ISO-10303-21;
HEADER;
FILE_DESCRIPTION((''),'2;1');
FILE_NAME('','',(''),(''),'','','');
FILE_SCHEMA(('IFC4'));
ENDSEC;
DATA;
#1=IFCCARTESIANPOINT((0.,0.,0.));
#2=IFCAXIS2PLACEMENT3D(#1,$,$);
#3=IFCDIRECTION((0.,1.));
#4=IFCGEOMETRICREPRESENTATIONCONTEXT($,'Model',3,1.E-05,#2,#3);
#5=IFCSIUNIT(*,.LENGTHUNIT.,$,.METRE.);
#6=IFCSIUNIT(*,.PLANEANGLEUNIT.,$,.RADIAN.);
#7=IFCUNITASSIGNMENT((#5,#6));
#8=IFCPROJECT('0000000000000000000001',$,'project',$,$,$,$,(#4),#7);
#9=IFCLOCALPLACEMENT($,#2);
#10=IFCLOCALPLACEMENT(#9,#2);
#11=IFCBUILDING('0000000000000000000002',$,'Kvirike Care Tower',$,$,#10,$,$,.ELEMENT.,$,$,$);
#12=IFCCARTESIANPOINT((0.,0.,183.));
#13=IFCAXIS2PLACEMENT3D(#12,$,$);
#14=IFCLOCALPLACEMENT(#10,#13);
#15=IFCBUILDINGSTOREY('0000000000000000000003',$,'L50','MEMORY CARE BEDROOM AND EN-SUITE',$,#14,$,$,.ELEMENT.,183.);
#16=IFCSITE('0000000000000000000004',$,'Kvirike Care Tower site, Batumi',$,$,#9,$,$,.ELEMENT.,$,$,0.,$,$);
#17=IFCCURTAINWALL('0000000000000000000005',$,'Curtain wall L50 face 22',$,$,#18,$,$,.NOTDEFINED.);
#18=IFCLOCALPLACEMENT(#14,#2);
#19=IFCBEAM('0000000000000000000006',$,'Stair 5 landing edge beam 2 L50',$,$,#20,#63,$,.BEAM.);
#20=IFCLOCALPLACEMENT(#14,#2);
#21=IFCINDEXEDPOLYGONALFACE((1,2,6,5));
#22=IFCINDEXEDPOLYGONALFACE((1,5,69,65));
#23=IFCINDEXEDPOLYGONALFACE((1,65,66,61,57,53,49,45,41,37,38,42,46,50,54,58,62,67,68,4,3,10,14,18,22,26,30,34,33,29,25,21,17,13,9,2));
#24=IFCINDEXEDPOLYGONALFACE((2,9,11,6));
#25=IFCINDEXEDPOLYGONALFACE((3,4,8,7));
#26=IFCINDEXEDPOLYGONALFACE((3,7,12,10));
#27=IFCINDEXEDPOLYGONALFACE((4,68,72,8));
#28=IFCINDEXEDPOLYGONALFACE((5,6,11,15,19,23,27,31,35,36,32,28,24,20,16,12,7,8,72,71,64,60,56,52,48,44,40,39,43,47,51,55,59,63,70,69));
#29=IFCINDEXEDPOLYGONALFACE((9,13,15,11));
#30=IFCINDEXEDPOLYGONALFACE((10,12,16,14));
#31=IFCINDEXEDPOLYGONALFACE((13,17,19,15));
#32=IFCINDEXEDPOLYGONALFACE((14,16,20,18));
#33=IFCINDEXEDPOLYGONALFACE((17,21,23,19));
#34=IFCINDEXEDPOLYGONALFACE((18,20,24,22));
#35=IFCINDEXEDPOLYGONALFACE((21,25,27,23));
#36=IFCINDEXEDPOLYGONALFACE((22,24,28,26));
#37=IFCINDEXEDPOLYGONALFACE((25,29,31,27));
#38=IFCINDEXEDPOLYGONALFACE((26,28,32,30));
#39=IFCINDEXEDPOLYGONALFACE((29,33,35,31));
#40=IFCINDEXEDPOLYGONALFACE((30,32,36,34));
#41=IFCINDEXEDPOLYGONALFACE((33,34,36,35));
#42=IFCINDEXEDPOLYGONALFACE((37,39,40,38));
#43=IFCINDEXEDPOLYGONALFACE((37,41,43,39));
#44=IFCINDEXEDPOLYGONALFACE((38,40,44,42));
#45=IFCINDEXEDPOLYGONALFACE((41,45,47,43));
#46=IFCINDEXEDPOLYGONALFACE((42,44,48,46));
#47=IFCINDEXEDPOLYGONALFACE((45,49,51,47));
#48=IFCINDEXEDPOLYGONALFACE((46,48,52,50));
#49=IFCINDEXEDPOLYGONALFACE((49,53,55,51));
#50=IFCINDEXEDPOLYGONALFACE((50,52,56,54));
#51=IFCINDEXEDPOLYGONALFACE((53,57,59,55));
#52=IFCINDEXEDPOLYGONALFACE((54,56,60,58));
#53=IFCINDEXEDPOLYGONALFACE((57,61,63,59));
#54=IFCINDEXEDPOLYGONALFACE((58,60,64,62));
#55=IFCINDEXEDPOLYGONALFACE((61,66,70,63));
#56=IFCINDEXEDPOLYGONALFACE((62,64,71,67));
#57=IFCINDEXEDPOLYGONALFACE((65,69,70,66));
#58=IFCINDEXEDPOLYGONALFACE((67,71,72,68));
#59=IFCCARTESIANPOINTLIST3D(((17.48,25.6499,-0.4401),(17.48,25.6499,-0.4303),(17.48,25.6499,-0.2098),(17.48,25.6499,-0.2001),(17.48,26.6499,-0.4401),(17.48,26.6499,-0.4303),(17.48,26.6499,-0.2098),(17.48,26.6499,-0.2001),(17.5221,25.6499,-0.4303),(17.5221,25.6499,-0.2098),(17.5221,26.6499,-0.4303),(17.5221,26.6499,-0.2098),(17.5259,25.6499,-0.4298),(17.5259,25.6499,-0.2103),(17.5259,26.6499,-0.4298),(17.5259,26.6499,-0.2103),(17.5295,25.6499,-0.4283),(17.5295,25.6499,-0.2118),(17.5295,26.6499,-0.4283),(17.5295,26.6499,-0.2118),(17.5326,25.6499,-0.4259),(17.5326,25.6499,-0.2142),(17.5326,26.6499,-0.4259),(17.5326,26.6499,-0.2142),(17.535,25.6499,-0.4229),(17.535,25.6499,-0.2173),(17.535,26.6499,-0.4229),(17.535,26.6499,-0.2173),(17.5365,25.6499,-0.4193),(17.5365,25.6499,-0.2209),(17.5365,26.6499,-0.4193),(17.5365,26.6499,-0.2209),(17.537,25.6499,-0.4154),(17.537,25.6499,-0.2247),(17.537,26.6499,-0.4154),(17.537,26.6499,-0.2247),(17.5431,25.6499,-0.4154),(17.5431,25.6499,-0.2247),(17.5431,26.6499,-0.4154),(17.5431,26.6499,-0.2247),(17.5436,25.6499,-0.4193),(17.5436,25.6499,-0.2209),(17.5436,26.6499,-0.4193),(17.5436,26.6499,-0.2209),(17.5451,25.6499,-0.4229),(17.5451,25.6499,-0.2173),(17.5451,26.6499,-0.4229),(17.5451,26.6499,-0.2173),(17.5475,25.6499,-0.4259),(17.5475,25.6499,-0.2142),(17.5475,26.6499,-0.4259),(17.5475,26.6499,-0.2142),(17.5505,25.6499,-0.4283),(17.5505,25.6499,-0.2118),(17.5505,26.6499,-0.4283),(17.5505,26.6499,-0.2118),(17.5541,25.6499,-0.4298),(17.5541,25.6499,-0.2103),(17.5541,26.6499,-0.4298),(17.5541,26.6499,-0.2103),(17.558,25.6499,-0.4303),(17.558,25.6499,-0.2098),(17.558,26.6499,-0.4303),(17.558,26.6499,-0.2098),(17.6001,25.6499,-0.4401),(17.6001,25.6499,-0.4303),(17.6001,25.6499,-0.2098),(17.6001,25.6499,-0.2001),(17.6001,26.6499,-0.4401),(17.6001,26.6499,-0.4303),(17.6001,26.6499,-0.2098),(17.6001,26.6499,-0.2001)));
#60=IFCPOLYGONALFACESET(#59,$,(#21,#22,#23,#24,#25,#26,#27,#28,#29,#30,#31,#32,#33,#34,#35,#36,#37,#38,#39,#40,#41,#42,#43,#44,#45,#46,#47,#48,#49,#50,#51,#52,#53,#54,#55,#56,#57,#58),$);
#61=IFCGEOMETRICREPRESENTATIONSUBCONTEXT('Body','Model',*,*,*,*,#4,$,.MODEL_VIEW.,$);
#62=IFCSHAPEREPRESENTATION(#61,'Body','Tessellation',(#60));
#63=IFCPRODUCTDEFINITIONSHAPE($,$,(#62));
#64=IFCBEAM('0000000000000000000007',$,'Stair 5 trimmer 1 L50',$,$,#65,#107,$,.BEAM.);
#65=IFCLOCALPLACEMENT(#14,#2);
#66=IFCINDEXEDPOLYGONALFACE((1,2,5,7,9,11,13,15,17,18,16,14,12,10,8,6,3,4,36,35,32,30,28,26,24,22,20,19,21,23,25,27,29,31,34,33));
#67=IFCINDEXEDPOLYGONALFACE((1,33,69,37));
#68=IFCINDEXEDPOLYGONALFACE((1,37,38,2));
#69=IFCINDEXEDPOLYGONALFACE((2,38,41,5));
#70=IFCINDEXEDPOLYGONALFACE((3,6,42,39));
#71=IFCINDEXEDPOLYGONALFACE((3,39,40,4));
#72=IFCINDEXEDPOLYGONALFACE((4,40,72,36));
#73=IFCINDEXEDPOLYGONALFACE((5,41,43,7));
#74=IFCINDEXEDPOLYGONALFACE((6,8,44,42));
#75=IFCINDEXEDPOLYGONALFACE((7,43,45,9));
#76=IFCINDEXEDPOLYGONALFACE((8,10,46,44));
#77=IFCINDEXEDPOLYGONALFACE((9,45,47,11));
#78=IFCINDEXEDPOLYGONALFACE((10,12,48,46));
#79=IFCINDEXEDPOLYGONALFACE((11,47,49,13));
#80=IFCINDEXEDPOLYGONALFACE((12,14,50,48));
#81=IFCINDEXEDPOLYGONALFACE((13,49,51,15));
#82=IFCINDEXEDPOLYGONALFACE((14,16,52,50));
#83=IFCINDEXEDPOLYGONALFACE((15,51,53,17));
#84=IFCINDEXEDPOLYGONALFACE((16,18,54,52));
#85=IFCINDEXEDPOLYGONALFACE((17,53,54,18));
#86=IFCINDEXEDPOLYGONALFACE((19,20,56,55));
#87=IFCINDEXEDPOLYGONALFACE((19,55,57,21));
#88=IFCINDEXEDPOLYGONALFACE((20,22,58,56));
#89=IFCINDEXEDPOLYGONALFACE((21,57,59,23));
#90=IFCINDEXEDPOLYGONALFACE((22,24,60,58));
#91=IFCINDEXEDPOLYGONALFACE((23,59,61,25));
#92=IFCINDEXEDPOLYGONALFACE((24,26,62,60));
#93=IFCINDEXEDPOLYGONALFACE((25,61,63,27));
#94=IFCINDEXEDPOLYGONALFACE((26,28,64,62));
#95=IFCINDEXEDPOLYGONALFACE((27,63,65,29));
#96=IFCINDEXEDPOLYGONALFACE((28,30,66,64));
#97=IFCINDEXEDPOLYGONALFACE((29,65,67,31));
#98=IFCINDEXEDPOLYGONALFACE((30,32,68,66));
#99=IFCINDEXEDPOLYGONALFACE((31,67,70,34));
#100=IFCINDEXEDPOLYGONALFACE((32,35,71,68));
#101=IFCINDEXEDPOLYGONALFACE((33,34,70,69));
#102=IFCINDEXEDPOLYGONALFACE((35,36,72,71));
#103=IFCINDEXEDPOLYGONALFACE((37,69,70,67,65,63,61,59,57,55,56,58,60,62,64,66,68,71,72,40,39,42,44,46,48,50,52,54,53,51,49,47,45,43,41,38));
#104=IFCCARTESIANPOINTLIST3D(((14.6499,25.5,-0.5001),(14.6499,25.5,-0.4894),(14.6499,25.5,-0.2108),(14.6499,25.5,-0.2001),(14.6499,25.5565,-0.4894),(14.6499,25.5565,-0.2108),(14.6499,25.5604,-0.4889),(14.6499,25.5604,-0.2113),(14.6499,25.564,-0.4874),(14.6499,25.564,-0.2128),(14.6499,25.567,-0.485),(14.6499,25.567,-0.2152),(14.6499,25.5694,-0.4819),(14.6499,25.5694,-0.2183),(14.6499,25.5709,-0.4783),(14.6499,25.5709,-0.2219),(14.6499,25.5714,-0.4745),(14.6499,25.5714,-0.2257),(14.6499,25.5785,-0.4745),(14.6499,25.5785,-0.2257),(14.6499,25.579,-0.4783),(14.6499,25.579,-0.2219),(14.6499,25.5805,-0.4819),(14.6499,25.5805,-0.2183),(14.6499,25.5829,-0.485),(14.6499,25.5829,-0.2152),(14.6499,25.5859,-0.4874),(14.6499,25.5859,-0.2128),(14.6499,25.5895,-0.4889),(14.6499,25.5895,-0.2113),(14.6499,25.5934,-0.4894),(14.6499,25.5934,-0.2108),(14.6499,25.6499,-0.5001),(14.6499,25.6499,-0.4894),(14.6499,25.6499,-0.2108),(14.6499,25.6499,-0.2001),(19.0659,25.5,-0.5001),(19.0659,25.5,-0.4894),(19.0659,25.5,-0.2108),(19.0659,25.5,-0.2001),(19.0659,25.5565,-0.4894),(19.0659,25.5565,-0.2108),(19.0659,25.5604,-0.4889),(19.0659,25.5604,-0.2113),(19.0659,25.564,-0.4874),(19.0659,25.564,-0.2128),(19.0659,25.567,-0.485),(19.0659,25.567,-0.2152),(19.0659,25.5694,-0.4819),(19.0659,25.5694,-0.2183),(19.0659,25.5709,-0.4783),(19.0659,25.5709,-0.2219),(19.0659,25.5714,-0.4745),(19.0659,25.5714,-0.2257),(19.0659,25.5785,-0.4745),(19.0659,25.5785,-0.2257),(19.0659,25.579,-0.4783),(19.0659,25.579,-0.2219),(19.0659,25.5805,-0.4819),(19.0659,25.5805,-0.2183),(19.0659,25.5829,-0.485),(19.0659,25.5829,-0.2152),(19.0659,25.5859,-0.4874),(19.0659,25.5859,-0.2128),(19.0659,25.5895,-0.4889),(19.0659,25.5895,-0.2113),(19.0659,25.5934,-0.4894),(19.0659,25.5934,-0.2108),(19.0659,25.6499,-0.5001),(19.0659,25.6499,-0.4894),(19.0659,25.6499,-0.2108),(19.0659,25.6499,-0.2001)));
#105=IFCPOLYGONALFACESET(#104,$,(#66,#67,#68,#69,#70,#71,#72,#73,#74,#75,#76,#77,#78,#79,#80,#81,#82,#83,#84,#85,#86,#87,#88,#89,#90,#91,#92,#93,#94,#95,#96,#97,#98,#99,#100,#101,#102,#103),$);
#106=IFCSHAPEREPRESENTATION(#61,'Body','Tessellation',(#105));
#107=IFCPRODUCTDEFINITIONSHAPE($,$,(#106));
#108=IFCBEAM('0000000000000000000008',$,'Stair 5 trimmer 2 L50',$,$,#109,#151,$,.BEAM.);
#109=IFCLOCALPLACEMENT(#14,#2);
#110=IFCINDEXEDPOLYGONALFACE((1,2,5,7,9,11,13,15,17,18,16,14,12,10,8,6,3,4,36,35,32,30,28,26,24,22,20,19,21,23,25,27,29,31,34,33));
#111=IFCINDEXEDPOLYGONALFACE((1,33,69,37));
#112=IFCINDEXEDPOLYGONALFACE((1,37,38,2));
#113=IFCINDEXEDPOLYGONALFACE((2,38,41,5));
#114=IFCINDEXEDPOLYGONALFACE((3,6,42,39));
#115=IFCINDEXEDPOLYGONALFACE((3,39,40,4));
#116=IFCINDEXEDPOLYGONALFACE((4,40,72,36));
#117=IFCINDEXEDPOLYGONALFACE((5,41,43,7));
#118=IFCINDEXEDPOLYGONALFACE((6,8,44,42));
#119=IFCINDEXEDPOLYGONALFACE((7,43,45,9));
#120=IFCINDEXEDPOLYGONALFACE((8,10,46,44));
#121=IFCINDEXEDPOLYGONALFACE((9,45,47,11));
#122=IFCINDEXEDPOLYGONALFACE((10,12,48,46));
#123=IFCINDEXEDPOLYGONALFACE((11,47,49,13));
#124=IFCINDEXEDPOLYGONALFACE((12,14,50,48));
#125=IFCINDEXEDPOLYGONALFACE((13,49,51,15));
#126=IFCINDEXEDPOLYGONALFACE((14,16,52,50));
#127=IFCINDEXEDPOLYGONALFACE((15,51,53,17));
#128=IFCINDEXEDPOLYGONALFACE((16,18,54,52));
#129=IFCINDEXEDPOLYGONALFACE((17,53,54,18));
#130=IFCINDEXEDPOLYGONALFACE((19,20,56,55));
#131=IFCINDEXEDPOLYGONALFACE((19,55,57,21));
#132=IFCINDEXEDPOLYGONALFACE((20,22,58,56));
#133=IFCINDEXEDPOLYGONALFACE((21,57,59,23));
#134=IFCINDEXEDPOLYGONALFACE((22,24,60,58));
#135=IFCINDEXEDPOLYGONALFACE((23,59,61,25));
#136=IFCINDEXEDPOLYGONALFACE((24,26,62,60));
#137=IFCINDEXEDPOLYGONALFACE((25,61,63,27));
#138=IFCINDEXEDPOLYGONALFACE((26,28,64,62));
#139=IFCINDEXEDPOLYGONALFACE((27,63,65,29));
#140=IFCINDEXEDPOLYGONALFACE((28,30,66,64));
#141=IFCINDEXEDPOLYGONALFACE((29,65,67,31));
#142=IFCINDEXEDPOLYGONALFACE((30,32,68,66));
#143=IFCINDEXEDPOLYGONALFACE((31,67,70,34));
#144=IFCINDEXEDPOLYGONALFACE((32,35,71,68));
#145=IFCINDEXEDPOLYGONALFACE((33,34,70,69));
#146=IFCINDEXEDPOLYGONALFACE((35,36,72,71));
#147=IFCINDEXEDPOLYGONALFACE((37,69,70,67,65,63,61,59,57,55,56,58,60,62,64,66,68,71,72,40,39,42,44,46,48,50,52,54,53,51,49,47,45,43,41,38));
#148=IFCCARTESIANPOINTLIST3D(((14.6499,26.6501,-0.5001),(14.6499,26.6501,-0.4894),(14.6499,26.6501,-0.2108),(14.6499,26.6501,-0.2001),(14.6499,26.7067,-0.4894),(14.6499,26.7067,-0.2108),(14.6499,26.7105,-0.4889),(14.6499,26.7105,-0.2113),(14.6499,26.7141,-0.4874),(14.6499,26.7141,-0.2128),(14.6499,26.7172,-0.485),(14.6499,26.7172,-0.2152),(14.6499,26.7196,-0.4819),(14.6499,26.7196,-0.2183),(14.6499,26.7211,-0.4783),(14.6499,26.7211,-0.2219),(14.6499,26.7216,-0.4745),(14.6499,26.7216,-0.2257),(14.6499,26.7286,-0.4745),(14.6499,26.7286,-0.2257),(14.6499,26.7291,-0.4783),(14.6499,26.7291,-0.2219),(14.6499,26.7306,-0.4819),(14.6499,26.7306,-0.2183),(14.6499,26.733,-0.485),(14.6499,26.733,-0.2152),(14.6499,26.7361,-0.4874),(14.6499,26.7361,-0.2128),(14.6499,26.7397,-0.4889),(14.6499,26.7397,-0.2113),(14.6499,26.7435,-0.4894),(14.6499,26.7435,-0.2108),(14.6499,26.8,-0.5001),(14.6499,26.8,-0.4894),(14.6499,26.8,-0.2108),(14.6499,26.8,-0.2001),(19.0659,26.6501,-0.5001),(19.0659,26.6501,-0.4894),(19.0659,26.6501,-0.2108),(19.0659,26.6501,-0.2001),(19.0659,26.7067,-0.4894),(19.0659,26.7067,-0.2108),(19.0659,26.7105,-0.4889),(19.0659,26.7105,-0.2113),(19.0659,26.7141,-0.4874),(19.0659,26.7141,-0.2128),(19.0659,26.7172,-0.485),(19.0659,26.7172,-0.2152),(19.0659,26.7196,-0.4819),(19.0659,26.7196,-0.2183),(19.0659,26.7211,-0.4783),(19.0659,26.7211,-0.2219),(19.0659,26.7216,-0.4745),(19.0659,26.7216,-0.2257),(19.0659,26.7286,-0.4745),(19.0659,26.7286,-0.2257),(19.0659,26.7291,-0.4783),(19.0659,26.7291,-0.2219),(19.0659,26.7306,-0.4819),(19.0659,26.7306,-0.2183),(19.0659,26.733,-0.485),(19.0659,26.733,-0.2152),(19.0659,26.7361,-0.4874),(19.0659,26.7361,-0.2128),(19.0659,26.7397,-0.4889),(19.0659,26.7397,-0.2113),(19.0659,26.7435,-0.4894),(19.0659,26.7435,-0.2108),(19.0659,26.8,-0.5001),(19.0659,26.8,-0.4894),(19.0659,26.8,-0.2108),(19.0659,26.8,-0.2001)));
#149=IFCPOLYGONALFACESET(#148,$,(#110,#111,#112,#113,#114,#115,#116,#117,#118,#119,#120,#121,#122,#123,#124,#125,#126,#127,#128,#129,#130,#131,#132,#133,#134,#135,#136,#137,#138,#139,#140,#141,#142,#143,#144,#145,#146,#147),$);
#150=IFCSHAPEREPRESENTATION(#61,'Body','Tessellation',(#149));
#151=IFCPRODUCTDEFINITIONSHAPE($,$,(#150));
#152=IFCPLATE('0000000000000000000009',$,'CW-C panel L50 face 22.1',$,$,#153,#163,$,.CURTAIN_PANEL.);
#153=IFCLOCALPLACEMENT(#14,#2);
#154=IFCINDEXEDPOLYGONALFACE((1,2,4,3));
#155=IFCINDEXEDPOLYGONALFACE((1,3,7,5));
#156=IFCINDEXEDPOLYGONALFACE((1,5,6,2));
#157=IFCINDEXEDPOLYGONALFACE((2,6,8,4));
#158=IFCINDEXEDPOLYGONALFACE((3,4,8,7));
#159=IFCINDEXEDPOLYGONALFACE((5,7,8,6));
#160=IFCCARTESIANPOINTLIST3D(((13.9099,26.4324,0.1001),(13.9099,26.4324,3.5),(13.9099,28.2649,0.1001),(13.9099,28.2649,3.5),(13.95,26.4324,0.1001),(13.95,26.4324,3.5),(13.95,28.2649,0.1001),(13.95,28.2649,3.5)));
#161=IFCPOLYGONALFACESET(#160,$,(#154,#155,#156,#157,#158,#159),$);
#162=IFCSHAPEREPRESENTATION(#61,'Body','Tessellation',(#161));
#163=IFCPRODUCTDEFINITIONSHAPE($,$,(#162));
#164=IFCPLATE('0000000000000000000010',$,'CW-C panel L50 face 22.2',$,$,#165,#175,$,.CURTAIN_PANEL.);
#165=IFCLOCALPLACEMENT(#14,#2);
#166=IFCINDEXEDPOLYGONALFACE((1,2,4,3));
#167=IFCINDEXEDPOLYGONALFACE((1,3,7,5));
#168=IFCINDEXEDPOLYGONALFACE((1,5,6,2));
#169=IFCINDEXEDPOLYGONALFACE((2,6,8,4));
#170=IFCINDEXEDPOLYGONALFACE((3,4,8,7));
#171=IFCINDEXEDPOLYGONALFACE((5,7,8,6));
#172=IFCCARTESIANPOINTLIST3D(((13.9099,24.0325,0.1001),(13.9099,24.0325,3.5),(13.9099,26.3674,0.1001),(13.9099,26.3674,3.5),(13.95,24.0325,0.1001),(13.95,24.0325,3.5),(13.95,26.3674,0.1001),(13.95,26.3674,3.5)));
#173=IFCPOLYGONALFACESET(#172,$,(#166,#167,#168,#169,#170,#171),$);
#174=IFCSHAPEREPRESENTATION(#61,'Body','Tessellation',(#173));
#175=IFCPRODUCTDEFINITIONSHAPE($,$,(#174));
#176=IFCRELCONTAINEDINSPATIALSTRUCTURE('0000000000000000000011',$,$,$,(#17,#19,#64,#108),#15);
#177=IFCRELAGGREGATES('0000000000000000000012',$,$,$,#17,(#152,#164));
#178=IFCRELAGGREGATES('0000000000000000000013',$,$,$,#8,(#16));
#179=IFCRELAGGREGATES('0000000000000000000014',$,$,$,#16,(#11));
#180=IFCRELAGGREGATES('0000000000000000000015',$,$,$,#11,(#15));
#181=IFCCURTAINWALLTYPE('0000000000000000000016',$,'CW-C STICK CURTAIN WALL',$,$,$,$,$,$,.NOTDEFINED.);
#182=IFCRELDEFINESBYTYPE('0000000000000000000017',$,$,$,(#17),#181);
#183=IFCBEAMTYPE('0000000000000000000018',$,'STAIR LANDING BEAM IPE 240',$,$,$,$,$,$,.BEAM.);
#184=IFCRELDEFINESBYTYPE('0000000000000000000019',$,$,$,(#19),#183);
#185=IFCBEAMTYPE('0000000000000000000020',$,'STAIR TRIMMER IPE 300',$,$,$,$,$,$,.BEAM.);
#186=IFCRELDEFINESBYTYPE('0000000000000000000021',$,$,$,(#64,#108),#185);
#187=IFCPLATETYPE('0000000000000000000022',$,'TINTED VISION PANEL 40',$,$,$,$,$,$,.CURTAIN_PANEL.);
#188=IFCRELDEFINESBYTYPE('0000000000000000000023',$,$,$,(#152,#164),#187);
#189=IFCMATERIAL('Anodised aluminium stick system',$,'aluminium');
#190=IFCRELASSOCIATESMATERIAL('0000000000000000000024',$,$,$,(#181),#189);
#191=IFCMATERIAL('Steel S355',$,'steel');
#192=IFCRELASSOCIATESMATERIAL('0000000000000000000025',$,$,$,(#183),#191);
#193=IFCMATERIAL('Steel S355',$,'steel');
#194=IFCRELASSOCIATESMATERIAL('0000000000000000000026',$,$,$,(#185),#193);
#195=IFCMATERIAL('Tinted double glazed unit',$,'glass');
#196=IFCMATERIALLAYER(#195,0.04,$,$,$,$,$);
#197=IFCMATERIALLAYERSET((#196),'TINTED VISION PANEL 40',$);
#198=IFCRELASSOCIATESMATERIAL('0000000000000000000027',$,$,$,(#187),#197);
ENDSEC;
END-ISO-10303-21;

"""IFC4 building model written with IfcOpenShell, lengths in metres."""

from ifc_helpers import new_model, si_unit, direction, frame, origin, origin_2d, place, context, subcontext, project, spatial, rectangle, i_section, extrude, material, layer, layer_set, material_profile, profile_set, type_object, element, aggregate, save


model = new_model("IFC4")

# Units and contexts
model_context = context("Model", 3, precision=1e-05, world=origin(), true_north=direction((0.0, 1.0)))
body_context = subcontext(model_context, "Body", "Model", "MODEL_VIEW")
ifc_project = project(units=[si_unit("LENGTHUNIT", "METRE"), si_unit("PLANEANGLEUNIT", "RADIAN")], contexts=[model_context])

# Site, building, storey
site_placement = place(None, origin())
site = spatial("IfcSite", under=ifc_project, at=site_placement, Name="Kvirike Care Tower site, Batumi", CompositionType="ELEMENT", RefElevation=0.0)
building_placement = place(site_placement, origin())
building = spatial("IfcBuilding", under=site, at=building_placement, Name="Kvirike Care Tower", CompositionType="ELEMENT")
storey_placement = place(building_placement, frame((0.0, 0.0, 183.0)))
storey = spatial("IfcBuildingStorey", under=building, at=storey_placement, Name="L50", Description="MEMORY CARE BEDROOM AND EN-SUITE", CompositionType="ELEMENT", Elevation=183.0)

# Shared definitions
ifc_material_1 = material(Name="Anodised aluminium stick system", Category="aluminium")
curtain_wall_type = type_object("IfcCurtainWallType", Name="CW-C STICK CURTAIN WALL", PredefinedType="NOTDEFINED", material=ifc_material_1)

# Curtain wall
curtain_wall_1_placement = place(storey_placement, origin())
curtain_wall_1 = element("IfcCurtainWall", 1, at=curtain_wall_1_placement, inside=storey, type_object=curtain_wall_type, Name="Curtain wall L50 face 22", PredefinedType="NOTDEFINED")

# Beams
ifc_material_2 = material(Name="Steel S355", Category="steel")
ifc_material_profile_1 = material_profile(ifc_material_2, i_section(OverallWidth=0.1201, OverallDepth=0.24, WebThickness=0.0061, FlangeThickness=0.0098, FilletRadius=0.0149, at=origin_2d()), Name="IPE 240")
ifc_profile_set_1 = profile_set([ifc_material_profile_1], Name="Steel S355")
beam_type_1 = type_object("IfcBeamType", Name="STAIR LANDING BEAM IPE 240", PredefinedType="BEAM", material=ifc_profile_set_1)
for number, where, z_axis, x_axis, name in (
    (2, (17.54, 25.6499, -0.3201), (0.0, 1.0, 0.0), (-1.0, 0.0, 0.0), "Stair 5 landing edge beam 2 L50"),
):
    element("IfcBeam", number, at=place(storey_placement, frame(where, z_axis=z_axis, x_axis=x_axis)), inside=storey, type_object=beam_type_1, Name=name, PredefinedType="BEAM", context=body_context, shape_type="SweptSolid", body=[
        extrude(i_section(OverallWidth=0.1201, OverallDepth=0.24, WebThickness=0.0061, FlangeThickness=0.0098, FilletRadius=0.0149, at=origin_2d()), origin(), (0.0, 0.0, 1.0), 1.0),
    ])
ifc_material_3 = material(Name="Steel S355", Category="steel")
ifc_material_profile_2 = material_profile(ifc_material_3, i_section(OverallWidth=0.1499, OverallDepth=0.3, WebThickness=0.0071, FlangeThickness=0.0107, FilletRadius=0.0149, at=origin_2d()), Name="IPE 300")
ifc_profile_set_2 = profile_set([ifc_material_profile_2], Name="Steel S355")
beam_type_2 = type_object("IfcBeamType", Name="STAIR TRIMMER IPE 300", PredefinedType="BEAM", material=ifc_profile_set_2)
for number, where, z_axis, x_axis, name in (
    (3, (14.6499, 25.575, -0.3501), (1.0, 0.0, 0.0), (0.0, 1.0, 0.0), "Stair 5 trimmer 1 L50"),
    (4, (14.6499, 26.7251, -0.3501), (1.0, 0.0, 0.0), (0.0, 1.0, 0.0), "Stair 5 trimmer 2 L50"),
):
    element("IfcBeam", number, at=place(storey_placement, frame(where, z_axis=z_axis, x_axis=x_axis)), inside=storey, type_object=beam_type_2, Name=name, PredefinedType="BEAM", context=body_context, shape_type="SweptSolid", body=[
        extrude(i_section(OverallWidth=0.1499, OverallDepth=0.3, WebThickness=0.0071, FlangeThickness=0.0107, FilletRadius=0.0149, at=origin_2d()), origin(), (0.0, 0.0, 1.0), 4.416),
    ])

# Plates
ifc_material_4 = material(Name="Tinted double glazed unit", Category="glass")
ifc_layer_1 = layer(ifc_material_4, 0.04)
ifc_layer_set_1 = layer_set([ifc_layer_1], Name="TINTED VISION PANEL 40")
plate_type = type_object("IfcPlateType", Name="TINTED VISION PANEL 40", PredefinedType="CURTAIN_PANEL", material=ifc_layer_set_1)
plate_1_placement = place(storey_placement, frame((13.9299, 27.3486, 0.1001), z_axis=(0.0, 0.0, 1.0), x_axis=(0.0, -1.0, 0.0)))
plate_1 = element("IfcPlate", 5, at=plate_1_placement, type_object=plate_type, Name="CW-C panel L50 face 22.1", PredefinedType="CURTAIN_PANEL", context=body_context, shape_type="SweptSolid", body=[
    extrude(rectangle(XDim=1.8325, YDim=0.04, at=origin_2d()), origin(), (0.0, 0.0, 1.0), 3.3999),
])
plate_2_placement = place(storey_placement, frame((13.9299, 25.2, 0.1001), z_axis=(0.0, 0.0, 1.0), x_axis=(0.0, -1.0, 0.0)))
plate_2 = element("IfcPlate", 6, at=plate_2_placement, type_object=plate_type, Name="CW-C panel L50 face 22.2", PredefinedType="CURTAIN_PANEL", context=body_context, shape_type="SweptSolid", body=[
    extrude(rectangle(XDim=2.335, YDim=0.04, at=origin_2d()), origin(), (0.0, 0.0, 1.0), 3.3999),
])
aggregate(curtain_wall_1, [plate_1, plate_2])

save(model, "model.ifc")
